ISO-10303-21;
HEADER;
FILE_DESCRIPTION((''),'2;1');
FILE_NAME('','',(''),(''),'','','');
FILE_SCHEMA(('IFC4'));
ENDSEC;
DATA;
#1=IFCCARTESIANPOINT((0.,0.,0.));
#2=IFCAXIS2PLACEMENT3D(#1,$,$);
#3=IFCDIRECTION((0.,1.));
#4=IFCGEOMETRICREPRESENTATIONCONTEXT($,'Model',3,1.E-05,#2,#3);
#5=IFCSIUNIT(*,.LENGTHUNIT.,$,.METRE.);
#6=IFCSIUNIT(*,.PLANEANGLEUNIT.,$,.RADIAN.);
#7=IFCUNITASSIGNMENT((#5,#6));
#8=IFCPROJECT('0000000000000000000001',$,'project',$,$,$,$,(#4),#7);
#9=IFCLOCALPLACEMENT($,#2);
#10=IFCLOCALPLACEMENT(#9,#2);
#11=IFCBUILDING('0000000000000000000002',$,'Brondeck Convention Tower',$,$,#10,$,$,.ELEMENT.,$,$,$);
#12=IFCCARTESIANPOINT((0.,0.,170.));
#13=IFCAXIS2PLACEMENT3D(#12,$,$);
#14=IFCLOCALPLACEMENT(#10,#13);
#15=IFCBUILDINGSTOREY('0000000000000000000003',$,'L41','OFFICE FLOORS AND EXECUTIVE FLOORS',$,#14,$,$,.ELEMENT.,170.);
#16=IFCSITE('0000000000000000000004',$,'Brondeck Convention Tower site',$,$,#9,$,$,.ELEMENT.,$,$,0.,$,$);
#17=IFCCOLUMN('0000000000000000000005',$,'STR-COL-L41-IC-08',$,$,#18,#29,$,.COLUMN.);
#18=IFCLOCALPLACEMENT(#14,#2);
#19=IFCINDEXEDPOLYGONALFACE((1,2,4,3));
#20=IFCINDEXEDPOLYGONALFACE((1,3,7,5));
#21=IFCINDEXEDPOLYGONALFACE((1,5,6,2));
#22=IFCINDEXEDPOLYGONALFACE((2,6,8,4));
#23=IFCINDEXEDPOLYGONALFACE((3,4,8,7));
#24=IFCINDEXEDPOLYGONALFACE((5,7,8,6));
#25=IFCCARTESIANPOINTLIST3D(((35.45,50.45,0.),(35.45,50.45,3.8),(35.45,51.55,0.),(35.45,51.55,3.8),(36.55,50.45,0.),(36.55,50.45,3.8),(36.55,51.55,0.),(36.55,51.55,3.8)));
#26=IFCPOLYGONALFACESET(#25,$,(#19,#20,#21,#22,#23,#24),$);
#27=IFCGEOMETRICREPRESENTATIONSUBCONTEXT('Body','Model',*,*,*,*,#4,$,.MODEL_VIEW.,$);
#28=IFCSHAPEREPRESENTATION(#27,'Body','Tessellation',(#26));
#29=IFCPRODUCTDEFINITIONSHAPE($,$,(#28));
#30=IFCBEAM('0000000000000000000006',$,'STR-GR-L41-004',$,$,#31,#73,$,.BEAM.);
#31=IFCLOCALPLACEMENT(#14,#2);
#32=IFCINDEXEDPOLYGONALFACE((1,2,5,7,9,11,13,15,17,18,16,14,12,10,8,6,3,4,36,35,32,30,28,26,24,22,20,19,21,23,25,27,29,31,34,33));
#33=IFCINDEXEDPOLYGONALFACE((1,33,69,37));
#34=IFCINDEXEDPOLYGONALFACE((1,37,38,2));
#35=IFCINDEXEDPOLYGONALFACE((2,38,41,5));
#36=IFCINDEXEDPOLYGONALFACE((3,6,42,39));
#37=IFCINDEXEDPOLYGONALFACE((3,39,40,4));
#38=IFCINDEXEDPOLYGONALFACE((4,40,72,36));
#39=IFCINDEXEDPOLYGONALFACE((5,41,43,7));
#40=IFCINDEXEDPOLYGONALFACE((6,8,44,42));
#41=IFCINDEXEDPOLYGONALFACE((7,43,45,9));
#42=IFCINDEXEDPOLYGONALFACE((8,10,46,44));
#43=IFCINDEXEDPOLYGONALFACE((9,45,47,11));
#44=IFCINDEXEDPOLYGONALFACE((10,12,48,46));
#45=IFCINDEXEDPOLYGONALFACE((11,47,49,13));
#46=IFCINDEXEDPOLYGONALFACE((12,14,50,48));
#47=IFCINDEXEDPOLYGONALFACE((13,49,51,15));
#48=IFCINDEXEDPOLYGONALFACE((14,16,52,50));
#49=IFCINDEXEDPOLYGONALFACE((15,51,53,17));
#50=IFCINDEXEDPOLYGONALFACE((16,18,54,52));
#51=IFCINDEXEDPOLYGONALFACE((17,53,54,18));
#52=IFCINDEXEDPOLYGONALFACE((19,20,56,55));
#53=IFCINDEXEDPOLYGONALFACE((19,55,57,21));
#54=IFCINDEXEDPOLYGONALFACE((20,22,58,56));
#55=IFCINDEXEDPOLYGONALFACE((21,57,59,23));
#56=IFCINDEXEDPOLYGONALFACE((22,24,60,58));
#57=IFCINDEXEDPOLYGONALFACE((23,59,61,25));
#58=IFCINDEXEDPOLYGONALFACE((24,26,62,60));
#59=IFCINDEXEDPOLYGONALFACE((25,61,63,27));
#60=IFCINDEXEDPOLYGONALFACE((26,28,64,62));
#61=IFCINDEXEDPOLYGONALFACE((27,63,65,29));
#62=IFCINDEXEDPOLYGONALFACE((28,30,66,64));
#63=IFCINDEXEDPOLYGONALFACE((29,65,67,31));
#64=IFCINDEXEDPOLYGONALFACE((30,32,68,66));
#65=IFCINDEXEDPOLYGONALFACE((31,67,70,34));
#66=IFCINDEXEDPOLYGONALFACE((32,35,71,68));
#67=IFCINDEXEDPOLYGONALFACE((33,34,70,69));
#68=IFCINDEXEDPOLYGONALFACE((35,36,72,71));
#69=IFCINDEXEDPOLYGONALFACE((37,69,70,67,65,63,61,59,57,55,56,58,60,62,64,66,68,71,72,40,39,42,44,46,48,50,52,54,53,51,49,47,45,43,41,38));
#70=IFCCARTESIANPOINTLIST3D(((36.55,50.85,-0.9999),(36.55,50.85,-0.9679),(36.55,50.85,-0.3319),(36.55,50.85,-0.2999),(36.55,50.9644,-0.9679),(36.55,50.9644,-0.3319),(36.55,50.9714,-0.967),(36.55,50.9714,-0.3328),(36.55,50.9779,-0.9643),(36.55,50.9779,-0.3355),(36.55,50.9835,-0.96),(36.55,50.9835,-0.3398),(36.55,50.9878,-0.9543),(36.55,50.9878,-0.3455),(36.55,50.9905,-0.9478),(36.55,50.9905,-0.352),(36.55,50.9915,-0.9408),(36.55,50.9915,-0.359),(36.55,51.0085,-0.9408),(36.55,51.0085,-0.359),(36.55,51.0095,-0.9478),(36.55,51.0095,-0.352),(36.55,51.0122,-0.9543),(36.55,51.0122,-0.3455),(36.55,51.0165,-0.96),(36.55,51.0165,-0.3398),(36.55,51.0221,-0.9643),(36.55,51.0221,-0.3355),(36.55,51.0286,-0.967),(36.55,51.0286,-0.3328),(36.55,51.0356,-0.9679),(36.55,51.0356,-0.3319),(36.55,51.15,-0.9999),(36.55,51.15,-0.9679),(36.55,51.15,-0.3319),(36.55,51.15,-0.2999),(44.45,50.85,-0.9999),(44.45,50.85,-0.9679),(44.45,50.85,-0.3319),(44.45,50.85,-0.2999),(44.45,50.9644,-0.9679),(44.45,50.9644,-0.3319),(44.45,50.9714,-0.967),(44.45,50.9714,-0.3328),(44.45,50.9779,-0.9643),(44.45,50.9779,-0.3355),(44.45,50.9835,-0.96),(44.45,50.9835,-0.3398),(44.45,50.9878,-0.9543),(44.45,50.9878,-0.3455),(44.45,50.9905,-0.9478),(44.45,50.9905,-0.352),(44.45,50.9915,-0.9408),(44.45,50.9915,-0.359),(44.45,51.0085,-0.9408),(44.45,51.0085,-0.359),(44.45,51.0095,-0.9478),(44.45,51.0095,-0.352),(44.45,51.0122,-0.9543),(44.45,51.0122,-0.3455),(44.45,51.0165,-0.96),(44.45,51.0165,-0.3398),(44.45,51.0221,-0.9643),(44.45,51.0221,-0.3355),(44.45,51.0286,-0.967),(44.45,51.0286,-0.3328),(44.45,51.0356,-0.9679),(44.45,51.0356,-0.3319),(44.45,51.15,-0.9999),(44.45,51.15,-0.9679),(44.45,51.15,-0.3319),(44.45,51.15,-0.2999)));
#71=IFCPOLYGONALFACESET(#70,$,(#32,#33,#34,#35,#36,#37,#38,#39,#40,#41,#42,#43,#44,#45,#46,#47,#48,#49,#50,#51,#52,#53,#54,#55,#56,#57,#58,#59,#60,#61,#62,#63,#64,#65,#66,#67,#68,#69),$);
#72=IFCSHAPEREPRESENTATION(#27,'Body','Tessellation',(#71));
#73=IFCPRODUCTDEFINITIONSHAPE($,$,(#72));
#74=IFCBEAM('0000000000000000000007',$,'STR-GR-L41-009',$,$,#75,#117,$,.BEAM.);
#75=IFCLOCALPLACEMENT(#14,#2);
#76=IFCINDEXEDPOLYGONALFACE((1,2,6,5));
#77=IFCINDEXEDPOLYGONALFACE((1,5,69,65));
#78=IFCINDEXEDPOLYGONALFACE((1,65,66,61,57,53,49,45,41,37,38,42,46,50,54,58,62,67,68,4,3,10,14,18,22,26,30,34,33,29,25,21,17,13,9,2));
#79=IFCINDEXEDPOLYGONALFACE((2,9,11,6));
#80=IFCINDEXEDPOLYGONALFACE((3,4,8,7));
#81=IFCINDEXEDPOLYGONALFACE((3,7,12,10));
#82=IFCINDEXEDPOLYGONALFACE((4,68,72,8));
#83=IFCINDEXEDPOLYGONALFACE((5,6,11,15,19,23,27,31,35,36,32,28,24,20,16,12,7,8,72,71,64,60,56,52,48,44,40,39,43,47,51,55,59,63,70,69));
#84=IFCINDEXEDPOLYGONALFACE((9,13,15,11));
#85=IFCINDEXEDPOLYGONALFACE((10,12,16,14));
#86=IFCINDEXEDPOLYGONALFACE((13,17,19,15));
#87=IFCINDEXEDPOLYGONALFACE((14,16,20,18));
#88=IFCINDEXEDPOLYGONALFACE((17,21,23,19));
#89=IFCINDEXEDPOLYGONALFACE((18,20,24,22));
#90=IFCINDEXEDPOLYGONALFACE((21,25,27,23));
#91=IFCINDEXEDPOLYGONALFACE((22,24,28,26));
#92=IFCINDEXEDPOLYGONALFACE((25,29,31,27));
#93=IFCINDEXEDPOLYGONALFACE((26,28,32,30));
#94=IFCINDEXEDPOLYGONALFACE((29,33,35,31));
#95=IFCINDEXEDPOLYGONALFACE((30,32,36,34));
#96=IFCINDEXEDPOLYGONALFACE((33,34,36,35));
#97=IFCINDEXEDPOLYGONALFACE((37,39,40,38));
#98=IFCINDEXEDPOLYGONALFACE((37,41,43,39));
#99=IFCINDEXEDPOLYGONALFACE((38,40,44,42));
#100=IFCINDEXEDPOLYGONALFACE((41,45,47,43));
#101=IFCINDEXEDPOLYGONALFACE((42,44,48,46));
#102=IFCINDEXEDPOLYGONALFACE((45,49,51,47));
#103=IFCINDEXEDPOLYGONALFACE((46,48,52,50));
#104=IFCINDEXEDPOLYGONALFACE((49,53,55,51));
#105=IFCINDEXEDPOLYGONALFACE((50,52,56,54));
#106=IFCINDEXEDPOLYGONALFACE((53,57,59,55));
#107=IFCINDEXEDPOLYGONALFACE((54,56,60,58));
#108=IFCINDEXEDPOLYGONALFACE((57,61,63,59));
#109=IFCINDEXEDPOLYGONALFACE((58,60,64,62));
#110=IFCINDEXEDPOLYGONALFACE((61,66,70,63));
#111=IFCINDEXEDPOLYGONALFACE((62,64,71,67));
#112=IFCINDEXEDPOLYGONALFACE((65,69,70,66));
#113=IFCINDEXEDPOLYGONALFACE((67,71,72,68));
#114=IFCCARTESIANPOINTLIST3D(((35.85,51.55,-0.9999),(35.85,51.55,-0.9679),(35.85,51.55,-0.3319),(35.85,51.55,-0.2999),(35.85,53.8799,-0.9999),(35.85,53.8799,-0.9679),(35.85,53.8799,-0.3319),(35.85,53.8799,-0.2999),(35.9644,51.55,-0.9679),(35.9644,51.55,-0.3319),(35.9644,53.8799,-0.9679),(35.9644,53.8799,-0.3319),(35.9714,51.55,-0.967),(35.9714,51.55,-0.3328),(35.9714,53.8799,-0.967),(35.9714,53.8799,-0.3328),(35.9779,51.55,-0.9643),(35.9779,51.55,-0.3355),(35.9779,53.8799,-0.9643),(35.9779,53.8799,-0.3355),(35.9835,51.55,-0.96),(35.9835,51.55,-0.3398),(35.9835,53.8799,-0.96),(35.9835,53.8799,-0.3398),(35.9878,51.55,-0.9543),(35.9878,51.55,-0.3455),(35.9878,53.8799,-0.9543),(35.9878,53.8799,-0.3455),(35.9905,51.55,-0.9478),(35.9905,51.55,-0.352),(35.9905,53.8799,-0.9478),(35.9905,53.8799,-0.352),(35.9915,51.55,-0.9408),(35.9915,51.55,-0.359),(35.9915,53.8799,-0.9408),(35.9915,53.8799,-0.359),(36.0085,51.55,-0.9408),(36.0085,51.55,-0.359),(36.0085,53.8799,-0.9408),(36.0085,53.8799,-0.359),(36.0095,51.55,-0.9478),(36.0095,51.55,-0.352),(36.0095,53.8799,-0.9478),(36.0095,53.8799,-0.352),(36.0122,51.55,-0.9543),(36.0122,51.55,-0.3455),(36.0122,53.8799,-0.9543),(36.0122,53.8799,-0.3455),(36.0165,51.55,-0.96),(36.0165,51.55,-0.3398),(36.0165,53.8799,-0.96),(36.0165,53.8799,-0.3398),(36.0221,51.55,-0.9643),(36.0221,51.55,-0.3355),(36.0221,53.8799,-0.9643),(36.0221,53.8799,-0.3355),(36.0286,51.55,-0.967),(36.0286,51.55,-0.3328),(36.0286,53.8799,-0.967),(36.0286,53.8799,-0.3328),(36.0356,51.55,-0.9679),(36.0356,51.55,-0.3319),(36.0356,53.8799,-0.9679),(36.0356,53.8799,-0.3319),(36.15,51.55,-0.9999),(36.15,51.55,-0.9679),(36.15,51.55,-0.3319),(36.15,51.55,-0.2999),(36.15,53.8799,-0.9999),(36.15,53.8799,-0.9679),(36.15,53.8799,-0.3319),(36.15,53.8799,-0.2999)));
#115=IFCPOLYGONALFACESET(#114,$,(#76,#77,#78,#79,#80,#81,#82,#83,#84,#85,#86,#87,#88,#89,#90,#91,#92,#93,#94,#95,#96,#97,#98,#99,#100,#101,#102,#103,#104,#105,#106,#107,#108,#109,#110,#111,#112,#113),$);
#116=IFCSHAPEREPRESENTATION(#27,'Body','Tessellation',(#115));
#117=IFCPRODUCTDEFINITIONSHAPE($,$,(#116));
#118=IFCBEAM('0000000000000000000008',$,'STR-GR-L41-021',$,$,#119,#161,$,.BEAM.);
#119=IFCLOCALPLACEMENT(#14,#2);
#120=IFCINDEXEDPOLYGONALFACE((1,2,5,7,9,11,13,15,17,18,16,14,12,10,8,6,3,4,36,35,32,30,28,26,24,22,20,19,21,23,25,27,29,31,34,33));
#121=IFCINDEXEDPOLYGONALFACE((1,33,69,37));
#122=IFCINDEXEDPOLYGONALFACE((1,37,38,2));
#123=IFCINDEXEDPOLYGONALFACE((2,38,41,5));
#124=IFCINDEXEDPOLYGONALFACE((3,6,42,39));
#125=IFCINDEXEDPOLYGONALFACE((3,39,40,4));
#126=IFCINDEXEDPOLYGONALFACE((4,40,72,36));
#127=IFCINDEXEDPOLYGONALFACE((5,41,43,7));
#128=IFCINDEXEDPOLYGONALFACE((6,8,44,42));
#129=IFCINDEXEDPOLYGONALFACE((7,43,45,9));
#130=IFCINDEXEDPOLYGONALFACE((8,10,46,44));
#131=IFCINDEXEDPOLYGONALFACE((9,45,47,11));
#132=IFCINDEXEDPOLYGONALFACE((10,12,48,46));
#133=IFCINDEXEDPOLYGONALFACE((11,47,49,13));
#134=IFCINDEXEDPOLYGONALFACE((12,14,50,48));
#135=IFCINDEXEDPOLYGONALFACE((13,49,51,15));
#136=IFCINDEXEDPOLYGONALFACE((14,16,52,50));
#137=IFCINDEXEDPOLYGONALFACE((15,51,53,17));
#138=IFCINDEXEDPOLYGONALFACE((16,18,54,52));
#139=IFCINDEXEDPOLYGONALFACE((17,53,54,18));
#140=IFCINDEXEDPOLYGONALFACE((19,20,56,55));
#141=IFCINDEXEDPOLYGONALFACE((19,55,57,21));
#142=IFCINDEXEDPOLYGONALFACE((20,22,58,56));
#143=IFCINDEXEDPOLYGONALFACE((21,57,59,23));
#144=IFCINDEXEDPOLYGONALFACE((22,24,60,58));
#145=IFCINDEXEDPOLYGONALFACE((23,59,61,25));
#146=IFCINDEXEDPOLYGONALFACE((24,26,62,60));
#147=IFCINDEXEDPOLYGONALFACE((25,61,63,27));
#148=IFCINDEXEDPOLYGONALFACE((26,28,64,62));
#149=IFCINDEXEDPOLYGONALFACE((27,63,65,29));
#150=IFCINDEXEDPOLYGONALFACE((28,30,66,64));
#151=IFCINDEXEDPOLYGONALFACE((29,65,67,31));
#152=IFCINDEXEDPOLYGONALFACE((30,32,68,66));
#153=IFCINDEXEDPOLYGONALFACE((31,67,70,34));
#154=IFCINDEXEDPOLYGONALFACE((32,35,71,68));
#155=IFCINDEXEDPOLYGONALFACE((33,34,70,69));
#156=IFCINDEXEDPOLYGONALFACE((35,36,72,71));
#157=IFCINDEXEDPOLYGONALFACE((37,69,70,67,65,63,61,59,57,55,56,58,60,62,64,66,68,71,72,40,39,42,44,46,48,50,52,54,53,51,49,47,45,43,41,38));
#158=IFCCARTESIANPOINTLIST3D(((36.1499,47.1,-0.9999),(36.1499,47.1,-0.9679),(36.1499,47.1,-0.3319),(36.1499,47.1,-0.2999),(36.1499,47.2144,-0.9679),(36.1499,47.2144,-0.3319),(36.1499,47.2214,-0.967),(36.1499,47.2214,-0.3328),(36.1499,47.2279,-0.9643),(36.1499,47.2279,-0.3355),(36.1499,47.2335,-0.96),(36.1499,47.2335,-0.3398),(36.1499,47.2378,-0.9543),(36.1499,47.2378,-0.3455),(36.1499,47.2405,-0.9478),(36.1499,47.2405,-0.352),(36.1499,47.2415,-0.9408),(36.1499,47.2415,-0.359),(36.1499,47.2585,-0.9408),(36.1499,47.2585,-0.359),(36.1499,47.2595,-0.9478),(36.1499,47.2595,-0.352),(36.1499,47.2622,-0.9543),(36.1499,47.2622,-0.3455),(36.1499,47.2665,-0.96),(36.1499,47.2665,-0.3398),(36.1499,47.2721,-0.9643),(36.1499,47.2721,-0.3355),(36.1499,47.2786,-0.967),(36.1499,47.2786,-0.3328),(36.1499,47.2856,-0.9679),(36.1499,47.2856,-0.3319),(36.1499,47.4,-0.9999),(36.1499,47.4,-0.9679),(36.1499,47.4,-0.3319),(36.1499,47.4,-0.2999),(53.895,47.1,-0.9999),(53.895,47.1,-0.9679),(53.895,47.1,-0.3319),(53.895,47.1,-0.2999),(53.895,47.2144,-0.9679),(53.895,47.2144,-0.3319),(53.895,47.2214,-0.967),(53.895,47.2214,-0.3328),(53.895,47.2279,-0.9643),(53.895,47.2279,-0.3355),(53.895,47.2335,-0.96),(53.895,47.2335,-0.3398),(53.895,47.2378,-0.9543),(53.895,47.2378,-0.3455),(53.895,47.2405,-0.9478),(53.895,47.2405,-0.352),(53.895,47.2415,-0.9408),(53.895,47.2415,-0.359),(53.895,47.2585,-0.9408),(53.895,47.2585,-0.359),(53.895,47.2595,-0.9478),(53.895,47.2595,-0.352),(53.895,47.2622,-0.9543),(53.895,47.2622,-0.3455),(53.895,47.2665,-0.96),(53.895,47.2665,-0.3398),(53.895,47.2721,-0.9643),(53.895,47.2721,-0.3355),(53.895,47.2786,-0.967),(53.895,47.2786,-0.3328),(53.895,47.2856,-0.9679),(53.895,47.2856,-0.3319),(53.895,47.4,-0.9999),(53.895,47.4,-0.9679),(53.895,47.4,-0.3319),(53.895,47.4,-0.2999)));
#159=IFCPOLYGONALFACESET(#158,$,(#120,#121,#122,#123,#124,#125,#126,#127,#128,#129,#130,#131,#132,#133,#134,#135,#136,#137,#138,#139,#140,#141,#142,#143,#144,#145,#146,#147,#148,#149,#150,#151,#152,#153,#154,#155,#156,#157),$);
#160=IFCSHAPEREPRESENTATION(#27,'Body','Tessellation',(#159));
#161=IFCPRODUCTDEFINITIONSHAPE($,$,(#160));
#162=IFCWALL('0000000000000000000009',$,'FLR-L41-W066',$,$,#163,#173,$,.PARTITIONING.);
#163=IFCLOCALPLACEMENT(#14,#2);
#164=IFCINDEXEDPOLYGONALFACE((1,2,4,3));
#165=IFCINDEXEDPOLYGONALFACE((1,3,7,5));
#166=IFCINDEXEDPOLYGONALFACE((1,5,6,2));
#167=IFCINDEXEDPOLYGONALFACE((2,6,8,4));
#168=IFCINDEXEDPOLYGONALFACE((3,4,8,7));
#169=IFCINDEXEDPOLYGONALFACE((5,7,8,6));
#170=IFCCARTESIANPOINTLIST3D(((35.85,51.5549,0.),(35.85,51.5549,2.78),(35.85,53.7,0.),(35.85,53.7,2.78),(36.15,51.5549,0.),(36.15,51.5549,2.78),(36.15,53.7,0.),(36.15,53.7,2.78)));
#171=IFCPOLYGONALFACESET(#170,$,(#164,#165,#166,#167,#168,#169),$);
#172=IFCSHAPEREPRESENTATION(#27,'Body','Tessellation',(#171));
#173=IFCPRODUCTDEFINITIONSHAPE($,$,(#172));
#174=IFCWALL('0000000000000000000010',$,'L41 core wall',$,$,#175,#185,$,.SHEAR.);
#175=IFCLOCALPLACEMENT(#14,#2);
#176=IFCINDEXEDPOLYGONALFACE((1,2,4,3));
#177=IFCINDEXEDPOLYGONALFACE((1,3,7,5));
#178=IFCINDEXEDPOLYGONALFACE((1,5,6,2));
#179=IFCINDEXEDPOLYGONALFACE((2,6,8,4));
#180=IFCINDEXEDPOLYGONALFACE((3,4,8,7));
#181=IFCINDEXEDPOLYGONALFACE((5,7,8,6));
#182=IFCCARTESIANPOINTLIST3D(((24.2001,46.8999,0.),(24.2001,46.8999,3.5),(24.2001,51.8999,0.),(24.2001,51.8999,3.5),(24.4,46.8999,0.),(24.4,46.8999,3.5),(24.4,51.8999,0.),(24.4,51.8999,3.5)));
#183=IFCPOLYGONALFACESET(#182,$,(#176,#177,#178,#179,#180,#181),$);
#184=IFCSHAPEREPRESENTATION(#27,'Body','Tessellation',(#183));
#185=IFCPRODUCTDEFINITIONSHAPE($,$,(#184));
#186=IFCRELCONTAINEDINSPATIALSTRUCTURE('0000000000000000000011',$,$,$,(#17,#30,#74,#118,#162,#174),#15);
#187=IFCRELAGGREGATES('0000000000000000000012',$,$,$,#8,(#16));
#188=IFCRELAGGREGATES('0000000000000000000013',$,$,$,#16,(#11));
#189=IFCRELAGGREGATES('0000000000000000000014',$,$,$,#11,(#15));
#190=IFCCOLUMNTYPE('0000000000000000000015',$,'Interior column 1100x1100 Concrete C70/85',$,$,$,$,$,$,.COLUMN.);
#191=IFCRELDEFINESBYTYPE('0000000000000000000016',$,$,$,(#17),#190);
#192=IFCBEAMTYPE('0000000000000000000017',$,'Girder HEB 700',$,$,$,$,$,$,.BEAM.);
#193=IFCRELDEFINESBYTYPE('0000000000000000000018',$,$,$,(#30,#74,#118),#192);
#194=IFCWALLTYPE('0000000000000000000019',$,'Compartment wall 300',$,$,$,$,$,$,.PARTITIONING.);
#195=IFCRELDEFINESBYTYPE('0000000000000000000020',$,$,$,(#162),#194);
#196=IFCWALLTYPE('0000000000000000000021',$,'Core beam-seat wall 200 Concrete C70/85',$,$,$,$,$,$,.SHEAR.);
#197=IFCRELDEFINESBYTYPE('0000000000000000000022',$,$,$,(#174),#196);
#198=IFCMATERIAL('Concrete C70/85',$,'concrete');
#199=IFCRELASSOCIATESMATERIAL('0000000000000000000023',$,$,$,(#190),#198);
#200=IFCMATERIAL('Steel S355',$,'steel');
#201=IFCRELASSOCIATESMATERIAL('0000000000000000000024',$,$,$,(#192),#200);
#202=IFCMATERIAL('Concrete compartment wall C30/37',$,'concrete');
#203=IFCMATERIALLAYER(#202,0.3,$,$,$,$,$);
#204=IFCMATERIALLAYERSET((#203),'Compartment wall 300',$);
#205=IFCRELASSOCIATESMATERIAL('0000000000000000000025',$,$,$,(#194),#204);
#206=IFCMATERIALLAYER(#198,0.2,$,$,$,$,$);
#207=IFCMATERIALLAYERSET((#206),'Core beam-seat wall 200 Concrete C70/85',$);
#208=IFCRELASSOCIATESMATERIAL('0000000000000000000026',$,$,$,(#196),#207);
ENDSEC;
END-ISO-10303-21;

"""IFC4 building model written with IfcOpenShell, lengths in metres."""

from ifc_helpers import new_model, si_unit, direction, frame, frame_2d, origin, origin_2d, place, context, subcontext, project, spatial, rectangle, i_section, extrude, material, layer, layer_set, material_profile, profile_set, type_object, element, save


model = new_model("IFC4")

# Units and contexts
model_context = context("Model", 3, precision=1e-05, world=origin(), true_north=direction((0.0, 1.0)))
body_context = subcontext(model_context, "Body", "Model", "MODEL_VIEW")
ifc_project = project(units=[si_unit("LENGTHUNIT", "METRE"), si_unit("PLANEANGLEUNIT", "RADIAN")], contexts=[model_context])

# Site, building, storey
site_placement = place(None, origin())
site = spatial("IfcSite", under=ifc_project, at=site_placement, Name="Brondeck Convention Tower site", CompositionType="ELEMENT", RefElevation=0.0)
building_placement = place(site_placement, origin())
building = spatial("IfcBuilding", under=site, at=building_placement, Name="Brondeck Convention Tower", CompositionType="ELEMENT")
storey_placement = place(building_placement, frame((0.0, 0.0, 170.0)))
storey = spatial("IfcBuildingStorey", under=building, at=storey_placement, Name="L41", Description="OFFICE FLOORS AND EXECUTIVE FLOORS", CompositionType="ELEMENT", Elevation=170.0)

# Column
ifc_material_1 = material(Name="Concrete C70/85", Category="concrete")
ifc_material_profile_1 = material_profile(ifc_material_1, rectangle(XDim=1.1001, YDim=1.1001, at=origin_2d()), Name="Interior column 1100x1100 Concrete C70/85")
ifc_profile_set_1 = profile_set([ifc_material_profile_1], Name="Concrete C70/85")
column_type = type_object("IfcColumnType", Name="Interior column 1100x1100 Concrete C70/85", PredefinedType="COLUMN", material=ifc_profile_set_1)
column_placement = place(storey_placement, frame((36.0, 51.0, 0.0), z_axis=(0.0, 0.0, 1.0), x_axis=(1.0, 0.0, 0.0)))
element("IfcColumn", 1, at=column_placement, inside=storey, type_object=column_type, Name="STR-COL-L41-IC-08", PredefinedType="COLUMN", context=body_context, shape_type="SweptSolid", body=[
    extrude(rectangle(XDim=1.1001, YDim=1.1001, at=origin_2d()), origin(), (0.0, 0.0, 1.0), 3.8),
])

# Beams
ifc_material_2 = material(Name="Steel S355", Category="steel")
ifc_material_profile_2 = material_profile(ifc_material_2, i_section(OverallWidth=0.3, OverallDepth=0.7, WebThickness=0.0171, FlangeThickness=0.032, FilletRadius=0.0271, at=origin_2d()), Name="HEB 700")
ifc_profile_set_2 = profile_set([ifc_material_profile_2], Name="Steel S355")
beam_type = type_object("IfcBeamType", Name="Girder HEB 700", PredefinedType="BEAM", material=ifc_profile_set_2)
beam_1_placement = place(storey_placement, frame((36.55, 51.0, -0.6499), z_axis=(1.0, 0.0, 0.0), x_axis=(0.0, 1.0, 0.0)))
element("IfcBeam", 2, at=beam_1_placement, inside=storey, type_object=beam_type, Name="STR-GR-L41-004", PredefinedType="BEAM", context=body_context, shape_type="SweptSolid", body=[
    extrude(i_section(OverallWidth=0.3, OverallDepth=0.7, WebThickness=0.0171, FlangeThickness=0.032, FilletRadius=0.0271, at=origin_2d()), origin(), (0.0, 0.0, 1.0), 7.8999),
])
beam_2_placement = place(storey_placement, frame((36.0, 51.55, -0.6499), z_axis=(0.0, 1.0, 0.0), x_axis=(-1.0, 0.0, 0.0)))
element("IfcBeam", 3, at=beam_2_placement, inside=storey, type_object=beam_type, Name="STR-GR-L41-009", PredefinedType="BEAM", context=body_context, shape_type="SweptSolid", body=[
    extrude(i_section(OverallWidth=0.3, OverallDepth=0.7, WebThickness=0.0171, FlangeThickness=0.032, FilletRadius=0.0271, at=origin_2d()), origin(), (0.0, 0.0, 1.0), 2.3298),
])
beam_3_placement = place(storey_placement, frame((36.1499, 47.25, -0.6499), z_axis=(1.0, 0.0, 0.0), x_axis=(0.0, 1.0, 0.0)))
element("IfcBeam", 4, at=beam_3_placement, inside=storey, type_object=beam_type, Name="STR-GR-L41-021", PredefinedType="BEAM", context=body_context, shape_type="SweptSolid", body=[
    extrude(i_section(OverallWidth=0.3, OverallDepth=0.7, WebThickness=0.0171, FlangeThickness=0.032, FilletRadius=0.0271, at=origin_2d()), origin(), (0.0, 0.0, 1.0), 17.7451),
])

# Walls
ifc_material_3 = material(Name="Concrete compartment wall C30/37", Category="concrete")
ifc_layer_1 = layer(ifc_material_3, 0.3)
ifc_layer_set_1 = layer_set([ifc_layer_1], Name="Compartment wall 300")
wall_type_1 = type_object("IfcWallType", Name="Compartment wall 300", PredefinedType="PARTITIONING", material=ifc_layer_set_1)
wall_1_placement = place(storey_placement, frame((36.0, 51.5549, 0.0), z_axis=(0.0, 0.0, 1.0), x_axis=(0.0, 1.0, 0.0)))
element("IfcWall", 5, at=wall_1_placement, inside=storey, type_object=wall_type_1, Name="FLR-L41-W066", PredefinedType="PARTITIONING", context=body_context, shape_type="SweptSolid", body=[
    extrude(rectangle(XDim=2.145, YDim=0.3, at=frame_2d((1.0725, 0.0))), origin(), (0.0, 0.0, 1.0), 2.78),
])
ifc_layer_2 = layer(ifc_material_1, 0.2)
ifc_layer_set_2 = layer_set([ifc_layer_2], Name="Core beam-seat wall 200 Concrete C70/85")
wall_type_2 = type_object("IfcWallType", Name="Core beam-seat wall 200 Concrete C70/85", PredefinedType="SHEAR", material=ifc_layer_set_2)
wall_2_placement = place(storey_placement, frame((24.3, 46.8999, 0.0), z_axis=(0.0, 0.0, 1.0), x_axis=(0.0, 1.0, 0.0)))
element("IfcWall", 6, at=wall_2_placement, inside=storey, type_object=wall_type_2, Name="L41 core wall", PredefinedType="SHEAR", context=body_context, shape_type="SweptSolid", body=[
    extrude(rectangle(XDim=5.0, YDim=0.2, at=frame_2d((2.5, 0.0))), origin(), (0.0, 0.0, 1.0), 3.5),
])

save(model, "model.ifc")
